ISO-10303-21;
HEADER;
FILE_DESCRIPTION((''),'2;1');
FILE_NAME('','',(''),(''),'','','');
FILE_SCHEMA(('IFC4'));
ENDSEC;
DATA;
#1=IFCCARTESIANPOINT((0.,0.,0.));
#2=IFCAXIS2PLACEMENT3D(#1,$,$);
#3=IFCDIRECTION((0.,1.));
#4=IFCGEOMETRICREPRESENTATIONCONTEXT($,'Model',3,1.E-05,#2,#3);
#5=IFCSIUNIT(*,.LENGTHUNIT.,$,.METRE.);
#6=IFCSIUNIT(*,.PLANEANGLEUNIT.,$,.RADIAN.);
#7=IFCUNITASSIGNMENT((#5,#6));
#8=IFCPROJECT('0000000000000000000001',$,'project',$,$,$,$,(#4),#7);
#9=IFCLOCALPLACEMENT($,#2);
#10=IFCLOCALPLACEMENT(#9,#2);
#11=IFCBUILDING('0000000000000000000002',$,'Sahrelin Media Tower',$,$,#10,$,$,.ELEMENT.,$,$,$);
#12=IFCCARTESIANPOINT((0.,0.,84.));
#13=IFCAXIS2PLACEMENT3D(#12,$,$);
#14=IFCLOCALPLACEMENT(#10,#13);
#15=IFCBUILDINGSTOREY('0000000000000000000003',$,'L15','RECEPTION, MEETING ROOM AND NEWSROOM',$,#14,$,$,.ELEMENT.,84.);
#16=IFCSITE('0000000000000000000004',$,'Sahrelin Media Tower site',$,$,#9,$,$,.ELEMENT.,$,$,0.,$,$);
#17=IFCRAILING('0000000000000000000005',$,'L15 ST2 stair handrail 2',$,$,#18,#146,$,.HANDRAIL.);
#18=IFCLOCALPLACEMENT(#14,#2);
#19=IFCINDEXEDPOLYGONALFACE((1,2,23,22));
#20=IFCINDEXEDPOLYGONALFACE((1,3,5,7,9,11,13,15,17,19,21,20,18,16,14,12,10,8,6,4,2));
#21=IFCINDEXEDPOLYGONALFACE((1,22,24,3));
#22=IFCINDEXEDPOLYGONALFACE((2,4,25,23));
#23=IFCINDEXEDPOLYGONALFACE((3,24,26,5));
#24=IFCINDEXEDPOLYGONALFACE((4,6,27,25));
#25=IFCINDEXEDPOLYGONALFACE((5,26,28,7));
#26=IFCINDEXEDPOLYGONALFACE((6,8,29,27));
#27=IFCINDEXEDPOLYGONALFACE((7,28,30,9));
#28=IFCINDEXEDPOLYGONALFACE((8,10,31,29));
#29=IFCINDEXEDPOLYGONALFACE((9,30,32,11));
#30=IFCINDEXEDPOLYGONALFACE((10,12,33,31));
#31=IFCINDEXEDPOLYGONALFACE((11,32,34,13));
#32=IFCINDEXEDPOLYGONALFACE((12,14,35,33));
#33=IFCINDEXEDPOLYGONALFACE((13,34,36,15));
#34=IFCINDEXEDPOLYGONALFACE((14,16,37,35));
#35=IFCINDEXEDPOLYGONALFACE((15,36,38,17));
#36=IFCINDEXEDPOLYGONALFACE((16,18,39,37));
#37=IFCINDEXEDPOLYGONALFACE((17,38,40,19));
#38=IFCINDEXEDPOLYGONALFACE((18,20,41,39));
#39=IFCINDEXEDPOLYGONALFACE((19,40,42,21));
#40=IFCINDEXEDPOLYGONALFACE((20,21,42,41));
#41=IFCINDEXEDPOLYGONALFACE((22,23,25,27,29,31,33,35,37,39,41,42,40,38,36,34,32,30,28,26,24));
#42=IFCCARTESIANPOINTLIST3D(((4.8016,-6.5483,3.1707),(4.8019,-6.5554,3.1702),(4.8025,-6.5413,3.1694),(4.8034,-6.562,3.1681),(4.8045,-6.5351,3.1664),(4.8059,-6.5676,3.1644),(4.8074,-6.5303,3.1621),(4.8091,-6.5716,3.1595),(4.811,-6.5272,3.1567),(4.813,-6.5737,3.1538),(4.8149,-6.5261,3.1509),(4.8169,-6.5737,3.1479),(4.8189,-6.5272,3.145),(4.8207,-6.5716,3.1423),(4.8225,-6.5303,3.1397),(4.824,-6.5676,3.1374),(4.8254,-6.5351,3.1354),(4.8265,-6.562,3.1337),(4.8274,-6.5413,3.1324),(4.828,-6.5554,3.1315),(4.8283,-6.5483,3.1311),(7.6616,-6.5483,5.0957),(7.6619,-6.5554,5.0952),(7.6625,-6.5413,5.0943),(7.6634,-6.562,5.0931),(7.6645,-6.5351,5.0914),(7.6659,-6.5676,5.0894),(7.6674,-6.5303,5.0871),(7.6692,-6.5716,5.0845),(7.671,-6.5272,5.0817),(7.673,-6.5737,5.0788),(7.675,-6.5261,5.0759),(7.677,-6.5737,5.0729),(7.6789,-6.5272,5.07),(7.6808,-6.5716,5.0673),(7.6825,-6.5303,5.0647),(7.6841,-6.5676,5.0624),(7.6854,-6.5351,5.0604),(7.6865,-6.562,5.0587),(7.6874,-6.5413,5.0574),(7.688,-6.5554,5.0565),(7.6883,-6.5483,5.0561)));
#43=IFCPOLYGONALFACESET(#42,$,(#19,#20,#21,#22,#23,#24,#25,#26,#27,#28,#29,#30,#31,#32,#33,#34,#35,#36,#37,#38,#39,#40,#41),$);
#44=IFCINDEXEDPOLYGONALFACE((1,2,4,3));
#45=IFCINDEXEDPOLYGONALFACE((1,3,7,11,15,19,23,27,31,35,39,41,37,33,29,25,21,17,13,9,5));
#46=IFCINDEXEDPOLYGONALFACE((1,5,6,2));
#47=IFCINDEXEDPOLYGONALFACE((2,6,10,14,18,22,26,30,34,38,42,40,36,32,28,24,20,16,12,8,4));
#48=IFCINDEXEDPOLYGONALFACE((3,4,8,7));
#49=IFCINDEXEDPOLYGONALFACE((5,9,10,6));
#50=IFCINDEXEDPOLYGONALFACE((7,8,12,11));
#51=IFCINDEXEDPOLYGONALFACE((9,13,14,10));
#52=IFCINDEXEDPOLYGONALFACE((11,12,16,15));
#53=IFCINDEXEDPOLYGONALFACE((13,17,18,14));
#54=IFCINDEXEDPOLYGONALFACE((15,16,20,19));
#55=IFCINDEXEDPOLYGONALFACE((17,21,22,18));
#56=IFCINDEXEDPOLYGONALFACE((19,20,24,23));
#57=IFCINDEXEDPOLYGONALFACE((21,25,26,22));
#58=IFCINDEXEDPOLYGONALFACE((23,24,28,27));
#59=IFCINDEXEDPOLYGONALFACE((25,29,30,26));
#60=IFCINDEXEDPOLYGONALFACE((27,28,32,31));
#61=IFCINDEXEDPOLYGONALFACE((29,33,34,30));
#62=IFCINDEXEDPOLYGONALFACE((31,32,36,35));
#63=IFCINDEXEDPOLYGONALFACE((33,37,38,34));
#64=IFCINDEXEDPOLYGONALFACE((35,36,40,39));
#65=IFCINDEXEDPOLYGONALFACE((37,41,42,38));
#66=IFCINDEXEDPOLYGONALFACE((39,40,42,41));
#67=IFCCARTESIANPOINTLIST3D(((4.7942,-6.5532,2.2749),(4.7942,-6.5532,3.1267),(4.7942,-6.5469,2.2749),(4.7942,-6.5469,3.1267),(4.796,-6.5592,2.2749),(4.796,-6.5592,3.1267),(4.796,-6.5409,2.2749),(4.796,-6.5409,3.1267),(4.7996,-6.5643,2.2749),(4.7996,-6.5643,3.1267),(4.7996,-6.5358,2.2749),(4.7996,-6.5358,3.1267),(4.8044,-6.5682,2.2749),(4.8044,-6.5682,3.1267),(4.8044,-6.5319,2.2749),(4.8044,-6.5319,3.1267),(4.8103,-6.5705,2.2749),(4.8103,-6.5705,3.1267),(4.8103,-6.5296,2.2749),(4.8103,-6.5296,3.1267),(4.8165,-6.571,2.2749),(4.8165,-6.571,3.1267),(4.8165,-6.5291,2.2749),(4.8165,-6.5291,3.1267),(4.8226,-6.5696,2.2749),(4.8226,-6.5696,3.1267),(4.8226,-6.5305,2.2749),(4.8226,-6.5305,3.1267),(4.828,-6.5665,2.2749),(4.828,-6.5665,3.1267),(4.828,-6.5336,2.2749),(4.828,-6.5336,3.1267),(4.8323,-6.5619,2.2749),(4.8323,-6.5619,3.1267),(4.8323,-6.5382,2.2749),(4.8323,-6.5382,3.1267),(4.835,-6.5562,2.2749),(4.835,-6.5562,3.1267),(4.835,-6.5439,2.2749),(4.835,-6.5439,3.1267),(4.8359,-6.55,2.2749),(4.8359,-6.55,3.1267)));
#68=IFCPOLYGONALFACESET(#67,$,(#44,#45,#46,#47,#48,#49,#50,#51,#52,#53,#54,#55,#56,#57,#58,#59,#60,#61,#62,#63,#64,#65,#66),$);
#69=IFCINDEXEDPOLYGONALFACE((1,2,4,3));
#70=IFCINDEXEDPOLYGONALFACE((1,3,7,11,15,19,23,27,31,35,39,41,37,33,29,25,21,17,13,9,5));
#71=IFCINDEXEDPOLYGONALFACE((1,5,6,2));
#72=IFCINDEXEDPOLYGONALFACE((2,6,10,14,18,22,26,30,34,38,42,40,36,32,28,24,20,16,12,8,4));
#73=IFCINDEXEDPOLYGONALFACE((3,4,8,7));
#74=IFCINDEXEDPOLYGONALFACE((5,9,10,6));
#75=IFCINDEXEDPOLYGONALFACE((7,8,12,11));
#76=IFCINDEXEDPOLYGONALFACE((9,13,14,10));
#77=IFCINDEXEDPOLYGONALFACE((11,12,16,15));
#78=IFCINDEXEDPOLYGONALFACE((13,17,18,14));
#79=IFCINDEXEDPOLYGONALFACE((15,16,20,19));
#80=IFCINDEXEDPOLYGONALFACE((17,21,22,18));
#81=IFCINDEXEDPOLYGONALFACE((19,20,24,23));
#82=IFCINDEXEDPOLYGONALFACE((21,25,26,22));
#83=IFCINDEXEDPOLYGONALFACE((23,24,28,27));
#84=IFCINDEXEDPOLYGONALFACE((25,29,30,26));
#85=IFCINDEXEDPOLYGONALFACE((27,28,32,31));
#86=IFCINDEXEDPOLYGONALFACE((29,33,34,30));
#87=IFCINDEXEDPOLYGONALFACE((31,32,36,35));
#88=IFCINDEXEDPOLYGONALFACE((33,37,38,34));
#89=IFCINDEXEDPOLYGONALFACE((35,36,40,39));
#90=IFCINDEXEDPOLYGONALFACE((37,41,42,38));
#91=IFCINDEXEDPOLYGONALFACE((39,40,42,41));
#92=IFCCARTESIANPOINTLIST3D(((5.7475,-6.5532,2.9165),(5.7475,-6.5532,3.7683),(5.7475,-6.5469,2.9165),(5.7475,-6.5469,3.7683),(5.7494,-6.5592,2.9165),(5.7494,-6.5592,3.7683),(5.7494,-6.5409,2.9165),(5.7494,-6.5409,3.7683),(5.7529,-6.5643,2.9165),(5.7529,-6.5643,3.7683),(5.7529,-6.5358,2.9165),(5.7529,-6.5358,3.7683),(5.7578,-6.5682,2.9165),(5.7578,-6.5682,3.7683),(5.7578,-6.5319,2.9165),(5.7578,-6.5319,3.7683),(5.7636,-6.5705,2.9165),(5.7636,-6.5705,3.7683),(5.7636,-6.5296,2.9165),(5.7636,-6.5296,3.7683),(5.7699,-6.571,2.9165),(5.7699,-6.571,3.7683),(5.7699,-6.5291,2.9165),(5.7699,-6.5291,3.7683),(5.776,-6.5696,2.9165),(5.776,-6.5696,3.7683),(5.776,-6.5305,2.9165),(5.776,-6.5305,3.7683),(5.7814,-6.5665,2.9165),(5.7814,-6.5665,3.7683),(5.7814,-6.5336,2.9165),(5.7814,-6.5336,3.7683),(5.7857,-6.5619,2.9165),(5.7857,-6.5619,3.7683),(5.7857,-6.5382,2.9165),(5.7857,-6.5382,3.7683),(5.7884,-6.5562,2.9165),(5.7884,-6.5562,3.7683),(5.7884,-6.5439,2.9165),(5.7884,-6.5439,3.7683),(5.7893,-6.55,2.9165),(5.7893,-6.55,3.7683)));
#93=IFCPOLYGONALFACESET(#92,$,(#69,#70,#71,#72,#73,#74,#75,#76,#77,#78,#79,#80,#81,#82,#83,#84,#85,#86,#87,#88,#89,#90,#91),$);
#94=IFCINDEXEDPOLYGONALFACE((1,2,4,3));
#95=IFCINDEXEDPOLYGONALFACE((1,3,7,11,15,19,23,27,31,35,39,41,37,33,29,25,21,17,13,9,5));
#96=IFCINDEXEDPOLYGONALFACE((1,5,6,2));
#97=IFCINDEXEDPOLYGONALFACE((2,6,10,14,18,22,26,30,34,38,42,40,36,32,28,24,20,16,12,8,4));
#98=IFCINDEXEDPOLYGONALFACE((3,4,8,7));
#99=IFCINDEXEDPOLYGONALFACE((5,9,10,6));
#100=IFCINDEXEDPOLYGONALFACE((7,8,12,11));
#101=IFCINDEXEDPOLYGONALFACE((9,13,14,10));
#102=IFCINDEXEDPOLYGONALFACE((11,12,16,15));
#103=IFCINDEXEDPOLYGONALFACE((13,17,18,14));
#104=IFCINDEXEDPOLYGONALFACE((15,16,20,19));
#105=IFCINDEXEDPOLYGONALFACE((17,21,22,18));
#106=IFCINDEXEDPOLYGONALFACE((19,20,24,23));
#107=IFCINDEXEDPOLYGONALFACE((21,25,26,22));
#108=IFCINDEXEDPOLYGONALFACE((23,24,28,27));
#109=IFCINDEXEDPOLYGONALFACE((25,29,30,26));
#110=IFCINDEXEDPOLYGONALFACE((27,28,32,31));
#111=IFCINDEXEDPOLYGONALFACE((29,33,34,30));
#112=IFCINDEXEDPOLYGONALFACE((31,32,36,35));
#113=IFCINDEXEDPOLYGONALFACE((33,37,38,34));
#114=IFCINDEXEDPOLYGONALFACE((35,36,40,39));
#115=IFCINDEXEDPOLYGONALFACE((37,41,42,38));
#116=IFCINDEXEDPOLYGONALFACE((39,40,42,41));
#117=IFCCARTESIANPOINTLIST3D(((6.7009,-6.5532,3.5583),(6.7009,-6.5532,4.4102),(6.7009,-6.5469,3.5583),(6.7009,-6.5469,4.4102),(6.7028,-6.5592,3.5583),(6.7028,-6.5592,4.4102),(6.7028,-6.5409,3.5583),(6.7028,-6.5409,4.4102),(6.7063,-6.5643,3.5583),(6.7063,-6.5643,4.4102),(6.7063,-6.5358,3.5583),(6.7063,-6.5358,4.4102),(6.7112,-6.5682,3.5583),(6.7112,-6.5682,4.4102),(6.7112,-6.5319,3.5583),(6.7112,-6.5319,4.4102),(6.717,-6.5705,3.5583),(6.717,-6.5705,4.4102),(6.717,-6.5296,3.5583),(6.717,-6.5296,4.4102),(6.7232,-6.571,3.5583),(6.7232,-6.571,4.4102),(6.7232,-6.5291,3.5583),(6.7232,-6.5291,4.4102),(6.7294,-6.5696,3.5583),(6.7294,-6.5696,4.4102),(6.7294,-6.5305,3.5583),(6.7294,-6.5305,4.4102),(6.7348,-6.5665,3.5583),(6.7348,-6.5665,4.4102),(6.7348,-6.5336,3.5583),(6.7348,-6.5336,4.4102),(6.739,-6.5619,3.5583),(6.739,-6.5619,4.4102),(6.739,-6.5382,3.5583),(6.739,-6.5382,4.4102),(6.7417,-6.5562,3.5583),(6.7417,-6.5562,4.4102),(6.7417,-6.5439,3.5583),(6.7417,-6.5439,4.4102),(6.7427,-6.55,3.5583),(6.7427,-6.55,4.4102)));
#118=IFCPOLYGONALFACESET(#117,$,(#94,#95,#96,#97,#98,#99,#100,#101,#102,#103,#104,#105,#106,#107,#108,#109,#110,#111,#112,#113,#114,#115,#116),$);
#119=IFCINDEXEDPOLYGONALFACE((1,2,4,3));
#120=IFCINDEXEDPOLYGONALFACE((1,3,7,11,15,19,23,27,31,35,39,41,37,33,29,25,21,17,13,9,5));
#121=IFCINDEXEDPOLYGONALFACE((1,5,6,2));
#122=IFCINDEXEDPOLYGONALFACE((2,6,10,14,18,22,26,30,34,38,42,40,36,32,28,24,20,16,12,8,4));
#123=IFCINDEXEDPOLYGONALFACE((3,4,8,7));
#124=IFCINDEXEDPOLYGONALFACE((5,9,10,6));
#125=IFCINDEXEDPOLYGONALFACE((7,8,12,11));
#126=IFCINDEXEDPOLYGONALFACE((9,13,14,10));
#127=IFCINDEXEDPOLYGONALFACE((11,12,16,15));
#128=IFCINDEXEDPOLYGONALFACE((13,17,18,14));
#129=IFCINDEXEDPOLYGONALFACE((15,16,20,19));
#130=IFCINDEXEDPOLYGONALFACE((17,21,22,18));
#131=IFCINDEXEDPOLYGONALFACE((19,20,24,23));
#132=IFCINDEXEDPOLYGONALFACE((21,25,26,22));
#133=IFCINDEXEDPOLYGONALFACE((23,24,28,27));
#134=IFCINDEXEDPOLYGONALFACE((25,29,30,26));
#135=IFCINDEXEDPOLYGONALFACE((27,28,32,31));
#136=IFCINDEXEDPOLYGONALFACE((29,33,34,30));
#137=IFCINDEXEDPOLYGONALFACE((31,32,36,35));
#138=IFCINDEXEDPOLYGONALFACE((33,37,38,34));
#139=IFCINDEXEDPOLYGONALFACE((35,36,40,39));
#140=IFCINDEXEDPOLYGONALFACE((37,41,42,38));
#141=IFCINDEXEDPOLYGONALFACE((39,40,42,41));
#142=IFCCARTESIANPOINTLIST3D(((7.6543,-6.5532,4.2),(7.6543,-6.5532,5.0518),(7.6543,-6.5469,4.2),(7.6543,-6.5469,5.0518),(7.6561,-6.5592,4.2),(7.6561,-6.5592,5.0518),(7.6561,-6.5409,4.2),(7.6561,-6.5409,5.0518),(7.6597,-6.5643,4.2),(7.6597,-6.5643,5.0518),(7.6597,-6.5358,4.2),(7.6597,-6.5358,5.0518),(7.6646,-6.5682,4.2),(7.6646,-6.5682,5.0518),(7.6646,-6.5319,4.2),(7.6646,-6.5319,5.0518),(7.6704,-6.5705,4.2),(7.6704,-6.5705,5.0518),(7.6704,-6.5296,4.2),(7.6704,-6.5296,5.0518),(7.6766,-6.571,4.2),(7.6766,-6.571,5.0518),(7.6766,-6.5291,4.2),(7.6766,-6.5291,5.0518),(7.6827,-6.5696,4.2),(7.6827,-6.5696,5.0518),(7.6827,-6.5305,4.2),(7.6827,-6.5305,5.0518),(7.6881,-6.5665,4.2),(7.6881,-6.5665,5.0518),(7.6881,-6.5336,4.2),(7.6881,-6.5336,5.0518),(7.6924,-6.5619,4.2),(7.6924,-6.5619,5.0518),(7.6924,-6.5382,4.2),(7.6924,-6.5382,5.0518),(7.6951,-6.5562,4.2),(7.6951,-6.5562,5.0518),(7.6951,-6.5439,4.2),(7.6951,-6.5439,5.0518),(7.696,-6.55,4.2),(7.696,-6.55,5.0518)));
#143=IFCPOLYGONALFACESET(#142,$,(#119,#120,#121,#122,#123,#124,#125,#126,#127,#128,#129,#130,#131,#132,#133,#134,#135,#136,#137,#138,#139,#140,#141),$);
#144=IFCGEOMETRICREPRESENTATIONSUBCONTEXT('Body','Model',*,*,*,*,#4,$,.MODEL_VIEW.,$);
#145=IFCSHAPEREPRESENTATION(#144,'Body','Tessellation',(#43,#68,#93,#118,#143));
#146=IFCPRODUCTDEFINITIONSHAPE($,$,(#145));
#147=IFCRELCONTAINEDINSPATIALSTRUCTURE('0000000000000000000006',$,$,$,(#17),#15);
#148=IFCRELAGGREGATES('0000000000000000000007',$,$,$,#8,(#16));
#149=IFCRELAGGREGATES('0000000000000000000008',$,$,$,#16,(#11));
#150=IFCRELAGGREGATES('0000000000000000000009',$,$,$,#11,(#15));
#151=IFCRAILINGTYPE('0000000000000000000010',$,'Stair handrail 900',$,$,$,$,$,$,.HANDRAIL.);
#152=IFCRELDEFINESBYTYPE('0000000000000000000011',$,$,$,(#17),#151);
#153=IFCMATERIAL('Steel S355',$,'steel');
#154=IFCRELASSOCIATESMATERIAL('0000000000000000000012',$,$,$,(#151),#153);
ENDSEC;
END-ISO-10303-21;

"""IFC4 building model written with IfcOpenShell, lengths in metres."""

from ifc_helpers import new_model, si_unit, direction, frame, origin, origin_2d, place, context, subcontext, project, spatial, circle, extrude, material, type_object, element, save


model = new_model("IFC4")

# Units and contexts
model_context = context("Model", 3, precision=1e-05, world=origin(), true_north=direction((0.0, 1.0)))
body_context = subcontext(model_context, "Body", "Model", "MODEL_VIEW")
ifc_project = project(units=[si_unit("LENGTHUNIT", "METRE"), si_unit("PLANEANGLEUNIT", "RADIAN")], contexts=[model_context])

# Site, building, storey
site_placement = place(None, origin())
site = spatial("IfcSite", under=ifc_project, at=site_placement, Name="Sahrelin Media Tower site", CompositionType="ELEMENT", RefElevation=0.0)
building_placement = place(site_placement, origin())
building = spatial("IfcBuilding", under=site, at=building_placement, Name="Sahrelin Media Tower", CompositionType="ELEMENT")
storey_placement = place(building_placement, frame((0.0, 0.0, 84.0)))
storey = spatial("IfcBuildingStorey", under=building, at=storey_placement, Name="L15", Description="RECEPTION, MEETING ROOM AND NEWSROOM", CompositionType="ELEMENT", Elevation=84.0)

# Shared definitions
ifc_material_1 = material(Name="Steel S355", Category="steel")

# Railing
railing_type_1 = type_object("IfcRailingType", Name="Stair handrail 900", PredefinedType="HANDRAIL", material=ifc_material_1)
railing_1_placement = place(storey_placement, frame((4.8149, -6.55, 2.2749)))
element("IfcRailing", 1, at=railing_1_placement, inside=storey, type_object=railing_type_1, Name="L15 ST2 stair handrail 2", PredefinedType="HANDRAIL", context=body_context, shape_type="SweptSolid", body=[
    extrude(circle(Radius=0.0239, at=origin_2d()), frame((0.0, 0.0, 0.876), z_axis=(0.829591, 0.0, 0.558372), x_axis=(0.0, 1.0, 0.0)), (0.0, 0.0, 1.0), 3.4475),
    extrude(circle(Radius=0.021, at=origin_2d()), origin(), (0.0, 0.0, 1.0), 0.8518),
    extrude(circle(Radius=0.021, at=origin_2d()), frame((0.9534, 0.0, 0.6416)), (0.0, 0.0, 1.0), 0.8518),
    extrude(circle(Radius=0.021, at=origin_2d()), frame((1.9067, 0.0, 1.2834)), (0.0, 0.0, 1.0), 0.8518),
    extrude(circle(Radius=0.021, at=origin_2d()), frame((2.8601, 0.0, 1.925)), (0.0, 0.0, 1.0), 0.8518),
])

save(model, "model.ifc")
